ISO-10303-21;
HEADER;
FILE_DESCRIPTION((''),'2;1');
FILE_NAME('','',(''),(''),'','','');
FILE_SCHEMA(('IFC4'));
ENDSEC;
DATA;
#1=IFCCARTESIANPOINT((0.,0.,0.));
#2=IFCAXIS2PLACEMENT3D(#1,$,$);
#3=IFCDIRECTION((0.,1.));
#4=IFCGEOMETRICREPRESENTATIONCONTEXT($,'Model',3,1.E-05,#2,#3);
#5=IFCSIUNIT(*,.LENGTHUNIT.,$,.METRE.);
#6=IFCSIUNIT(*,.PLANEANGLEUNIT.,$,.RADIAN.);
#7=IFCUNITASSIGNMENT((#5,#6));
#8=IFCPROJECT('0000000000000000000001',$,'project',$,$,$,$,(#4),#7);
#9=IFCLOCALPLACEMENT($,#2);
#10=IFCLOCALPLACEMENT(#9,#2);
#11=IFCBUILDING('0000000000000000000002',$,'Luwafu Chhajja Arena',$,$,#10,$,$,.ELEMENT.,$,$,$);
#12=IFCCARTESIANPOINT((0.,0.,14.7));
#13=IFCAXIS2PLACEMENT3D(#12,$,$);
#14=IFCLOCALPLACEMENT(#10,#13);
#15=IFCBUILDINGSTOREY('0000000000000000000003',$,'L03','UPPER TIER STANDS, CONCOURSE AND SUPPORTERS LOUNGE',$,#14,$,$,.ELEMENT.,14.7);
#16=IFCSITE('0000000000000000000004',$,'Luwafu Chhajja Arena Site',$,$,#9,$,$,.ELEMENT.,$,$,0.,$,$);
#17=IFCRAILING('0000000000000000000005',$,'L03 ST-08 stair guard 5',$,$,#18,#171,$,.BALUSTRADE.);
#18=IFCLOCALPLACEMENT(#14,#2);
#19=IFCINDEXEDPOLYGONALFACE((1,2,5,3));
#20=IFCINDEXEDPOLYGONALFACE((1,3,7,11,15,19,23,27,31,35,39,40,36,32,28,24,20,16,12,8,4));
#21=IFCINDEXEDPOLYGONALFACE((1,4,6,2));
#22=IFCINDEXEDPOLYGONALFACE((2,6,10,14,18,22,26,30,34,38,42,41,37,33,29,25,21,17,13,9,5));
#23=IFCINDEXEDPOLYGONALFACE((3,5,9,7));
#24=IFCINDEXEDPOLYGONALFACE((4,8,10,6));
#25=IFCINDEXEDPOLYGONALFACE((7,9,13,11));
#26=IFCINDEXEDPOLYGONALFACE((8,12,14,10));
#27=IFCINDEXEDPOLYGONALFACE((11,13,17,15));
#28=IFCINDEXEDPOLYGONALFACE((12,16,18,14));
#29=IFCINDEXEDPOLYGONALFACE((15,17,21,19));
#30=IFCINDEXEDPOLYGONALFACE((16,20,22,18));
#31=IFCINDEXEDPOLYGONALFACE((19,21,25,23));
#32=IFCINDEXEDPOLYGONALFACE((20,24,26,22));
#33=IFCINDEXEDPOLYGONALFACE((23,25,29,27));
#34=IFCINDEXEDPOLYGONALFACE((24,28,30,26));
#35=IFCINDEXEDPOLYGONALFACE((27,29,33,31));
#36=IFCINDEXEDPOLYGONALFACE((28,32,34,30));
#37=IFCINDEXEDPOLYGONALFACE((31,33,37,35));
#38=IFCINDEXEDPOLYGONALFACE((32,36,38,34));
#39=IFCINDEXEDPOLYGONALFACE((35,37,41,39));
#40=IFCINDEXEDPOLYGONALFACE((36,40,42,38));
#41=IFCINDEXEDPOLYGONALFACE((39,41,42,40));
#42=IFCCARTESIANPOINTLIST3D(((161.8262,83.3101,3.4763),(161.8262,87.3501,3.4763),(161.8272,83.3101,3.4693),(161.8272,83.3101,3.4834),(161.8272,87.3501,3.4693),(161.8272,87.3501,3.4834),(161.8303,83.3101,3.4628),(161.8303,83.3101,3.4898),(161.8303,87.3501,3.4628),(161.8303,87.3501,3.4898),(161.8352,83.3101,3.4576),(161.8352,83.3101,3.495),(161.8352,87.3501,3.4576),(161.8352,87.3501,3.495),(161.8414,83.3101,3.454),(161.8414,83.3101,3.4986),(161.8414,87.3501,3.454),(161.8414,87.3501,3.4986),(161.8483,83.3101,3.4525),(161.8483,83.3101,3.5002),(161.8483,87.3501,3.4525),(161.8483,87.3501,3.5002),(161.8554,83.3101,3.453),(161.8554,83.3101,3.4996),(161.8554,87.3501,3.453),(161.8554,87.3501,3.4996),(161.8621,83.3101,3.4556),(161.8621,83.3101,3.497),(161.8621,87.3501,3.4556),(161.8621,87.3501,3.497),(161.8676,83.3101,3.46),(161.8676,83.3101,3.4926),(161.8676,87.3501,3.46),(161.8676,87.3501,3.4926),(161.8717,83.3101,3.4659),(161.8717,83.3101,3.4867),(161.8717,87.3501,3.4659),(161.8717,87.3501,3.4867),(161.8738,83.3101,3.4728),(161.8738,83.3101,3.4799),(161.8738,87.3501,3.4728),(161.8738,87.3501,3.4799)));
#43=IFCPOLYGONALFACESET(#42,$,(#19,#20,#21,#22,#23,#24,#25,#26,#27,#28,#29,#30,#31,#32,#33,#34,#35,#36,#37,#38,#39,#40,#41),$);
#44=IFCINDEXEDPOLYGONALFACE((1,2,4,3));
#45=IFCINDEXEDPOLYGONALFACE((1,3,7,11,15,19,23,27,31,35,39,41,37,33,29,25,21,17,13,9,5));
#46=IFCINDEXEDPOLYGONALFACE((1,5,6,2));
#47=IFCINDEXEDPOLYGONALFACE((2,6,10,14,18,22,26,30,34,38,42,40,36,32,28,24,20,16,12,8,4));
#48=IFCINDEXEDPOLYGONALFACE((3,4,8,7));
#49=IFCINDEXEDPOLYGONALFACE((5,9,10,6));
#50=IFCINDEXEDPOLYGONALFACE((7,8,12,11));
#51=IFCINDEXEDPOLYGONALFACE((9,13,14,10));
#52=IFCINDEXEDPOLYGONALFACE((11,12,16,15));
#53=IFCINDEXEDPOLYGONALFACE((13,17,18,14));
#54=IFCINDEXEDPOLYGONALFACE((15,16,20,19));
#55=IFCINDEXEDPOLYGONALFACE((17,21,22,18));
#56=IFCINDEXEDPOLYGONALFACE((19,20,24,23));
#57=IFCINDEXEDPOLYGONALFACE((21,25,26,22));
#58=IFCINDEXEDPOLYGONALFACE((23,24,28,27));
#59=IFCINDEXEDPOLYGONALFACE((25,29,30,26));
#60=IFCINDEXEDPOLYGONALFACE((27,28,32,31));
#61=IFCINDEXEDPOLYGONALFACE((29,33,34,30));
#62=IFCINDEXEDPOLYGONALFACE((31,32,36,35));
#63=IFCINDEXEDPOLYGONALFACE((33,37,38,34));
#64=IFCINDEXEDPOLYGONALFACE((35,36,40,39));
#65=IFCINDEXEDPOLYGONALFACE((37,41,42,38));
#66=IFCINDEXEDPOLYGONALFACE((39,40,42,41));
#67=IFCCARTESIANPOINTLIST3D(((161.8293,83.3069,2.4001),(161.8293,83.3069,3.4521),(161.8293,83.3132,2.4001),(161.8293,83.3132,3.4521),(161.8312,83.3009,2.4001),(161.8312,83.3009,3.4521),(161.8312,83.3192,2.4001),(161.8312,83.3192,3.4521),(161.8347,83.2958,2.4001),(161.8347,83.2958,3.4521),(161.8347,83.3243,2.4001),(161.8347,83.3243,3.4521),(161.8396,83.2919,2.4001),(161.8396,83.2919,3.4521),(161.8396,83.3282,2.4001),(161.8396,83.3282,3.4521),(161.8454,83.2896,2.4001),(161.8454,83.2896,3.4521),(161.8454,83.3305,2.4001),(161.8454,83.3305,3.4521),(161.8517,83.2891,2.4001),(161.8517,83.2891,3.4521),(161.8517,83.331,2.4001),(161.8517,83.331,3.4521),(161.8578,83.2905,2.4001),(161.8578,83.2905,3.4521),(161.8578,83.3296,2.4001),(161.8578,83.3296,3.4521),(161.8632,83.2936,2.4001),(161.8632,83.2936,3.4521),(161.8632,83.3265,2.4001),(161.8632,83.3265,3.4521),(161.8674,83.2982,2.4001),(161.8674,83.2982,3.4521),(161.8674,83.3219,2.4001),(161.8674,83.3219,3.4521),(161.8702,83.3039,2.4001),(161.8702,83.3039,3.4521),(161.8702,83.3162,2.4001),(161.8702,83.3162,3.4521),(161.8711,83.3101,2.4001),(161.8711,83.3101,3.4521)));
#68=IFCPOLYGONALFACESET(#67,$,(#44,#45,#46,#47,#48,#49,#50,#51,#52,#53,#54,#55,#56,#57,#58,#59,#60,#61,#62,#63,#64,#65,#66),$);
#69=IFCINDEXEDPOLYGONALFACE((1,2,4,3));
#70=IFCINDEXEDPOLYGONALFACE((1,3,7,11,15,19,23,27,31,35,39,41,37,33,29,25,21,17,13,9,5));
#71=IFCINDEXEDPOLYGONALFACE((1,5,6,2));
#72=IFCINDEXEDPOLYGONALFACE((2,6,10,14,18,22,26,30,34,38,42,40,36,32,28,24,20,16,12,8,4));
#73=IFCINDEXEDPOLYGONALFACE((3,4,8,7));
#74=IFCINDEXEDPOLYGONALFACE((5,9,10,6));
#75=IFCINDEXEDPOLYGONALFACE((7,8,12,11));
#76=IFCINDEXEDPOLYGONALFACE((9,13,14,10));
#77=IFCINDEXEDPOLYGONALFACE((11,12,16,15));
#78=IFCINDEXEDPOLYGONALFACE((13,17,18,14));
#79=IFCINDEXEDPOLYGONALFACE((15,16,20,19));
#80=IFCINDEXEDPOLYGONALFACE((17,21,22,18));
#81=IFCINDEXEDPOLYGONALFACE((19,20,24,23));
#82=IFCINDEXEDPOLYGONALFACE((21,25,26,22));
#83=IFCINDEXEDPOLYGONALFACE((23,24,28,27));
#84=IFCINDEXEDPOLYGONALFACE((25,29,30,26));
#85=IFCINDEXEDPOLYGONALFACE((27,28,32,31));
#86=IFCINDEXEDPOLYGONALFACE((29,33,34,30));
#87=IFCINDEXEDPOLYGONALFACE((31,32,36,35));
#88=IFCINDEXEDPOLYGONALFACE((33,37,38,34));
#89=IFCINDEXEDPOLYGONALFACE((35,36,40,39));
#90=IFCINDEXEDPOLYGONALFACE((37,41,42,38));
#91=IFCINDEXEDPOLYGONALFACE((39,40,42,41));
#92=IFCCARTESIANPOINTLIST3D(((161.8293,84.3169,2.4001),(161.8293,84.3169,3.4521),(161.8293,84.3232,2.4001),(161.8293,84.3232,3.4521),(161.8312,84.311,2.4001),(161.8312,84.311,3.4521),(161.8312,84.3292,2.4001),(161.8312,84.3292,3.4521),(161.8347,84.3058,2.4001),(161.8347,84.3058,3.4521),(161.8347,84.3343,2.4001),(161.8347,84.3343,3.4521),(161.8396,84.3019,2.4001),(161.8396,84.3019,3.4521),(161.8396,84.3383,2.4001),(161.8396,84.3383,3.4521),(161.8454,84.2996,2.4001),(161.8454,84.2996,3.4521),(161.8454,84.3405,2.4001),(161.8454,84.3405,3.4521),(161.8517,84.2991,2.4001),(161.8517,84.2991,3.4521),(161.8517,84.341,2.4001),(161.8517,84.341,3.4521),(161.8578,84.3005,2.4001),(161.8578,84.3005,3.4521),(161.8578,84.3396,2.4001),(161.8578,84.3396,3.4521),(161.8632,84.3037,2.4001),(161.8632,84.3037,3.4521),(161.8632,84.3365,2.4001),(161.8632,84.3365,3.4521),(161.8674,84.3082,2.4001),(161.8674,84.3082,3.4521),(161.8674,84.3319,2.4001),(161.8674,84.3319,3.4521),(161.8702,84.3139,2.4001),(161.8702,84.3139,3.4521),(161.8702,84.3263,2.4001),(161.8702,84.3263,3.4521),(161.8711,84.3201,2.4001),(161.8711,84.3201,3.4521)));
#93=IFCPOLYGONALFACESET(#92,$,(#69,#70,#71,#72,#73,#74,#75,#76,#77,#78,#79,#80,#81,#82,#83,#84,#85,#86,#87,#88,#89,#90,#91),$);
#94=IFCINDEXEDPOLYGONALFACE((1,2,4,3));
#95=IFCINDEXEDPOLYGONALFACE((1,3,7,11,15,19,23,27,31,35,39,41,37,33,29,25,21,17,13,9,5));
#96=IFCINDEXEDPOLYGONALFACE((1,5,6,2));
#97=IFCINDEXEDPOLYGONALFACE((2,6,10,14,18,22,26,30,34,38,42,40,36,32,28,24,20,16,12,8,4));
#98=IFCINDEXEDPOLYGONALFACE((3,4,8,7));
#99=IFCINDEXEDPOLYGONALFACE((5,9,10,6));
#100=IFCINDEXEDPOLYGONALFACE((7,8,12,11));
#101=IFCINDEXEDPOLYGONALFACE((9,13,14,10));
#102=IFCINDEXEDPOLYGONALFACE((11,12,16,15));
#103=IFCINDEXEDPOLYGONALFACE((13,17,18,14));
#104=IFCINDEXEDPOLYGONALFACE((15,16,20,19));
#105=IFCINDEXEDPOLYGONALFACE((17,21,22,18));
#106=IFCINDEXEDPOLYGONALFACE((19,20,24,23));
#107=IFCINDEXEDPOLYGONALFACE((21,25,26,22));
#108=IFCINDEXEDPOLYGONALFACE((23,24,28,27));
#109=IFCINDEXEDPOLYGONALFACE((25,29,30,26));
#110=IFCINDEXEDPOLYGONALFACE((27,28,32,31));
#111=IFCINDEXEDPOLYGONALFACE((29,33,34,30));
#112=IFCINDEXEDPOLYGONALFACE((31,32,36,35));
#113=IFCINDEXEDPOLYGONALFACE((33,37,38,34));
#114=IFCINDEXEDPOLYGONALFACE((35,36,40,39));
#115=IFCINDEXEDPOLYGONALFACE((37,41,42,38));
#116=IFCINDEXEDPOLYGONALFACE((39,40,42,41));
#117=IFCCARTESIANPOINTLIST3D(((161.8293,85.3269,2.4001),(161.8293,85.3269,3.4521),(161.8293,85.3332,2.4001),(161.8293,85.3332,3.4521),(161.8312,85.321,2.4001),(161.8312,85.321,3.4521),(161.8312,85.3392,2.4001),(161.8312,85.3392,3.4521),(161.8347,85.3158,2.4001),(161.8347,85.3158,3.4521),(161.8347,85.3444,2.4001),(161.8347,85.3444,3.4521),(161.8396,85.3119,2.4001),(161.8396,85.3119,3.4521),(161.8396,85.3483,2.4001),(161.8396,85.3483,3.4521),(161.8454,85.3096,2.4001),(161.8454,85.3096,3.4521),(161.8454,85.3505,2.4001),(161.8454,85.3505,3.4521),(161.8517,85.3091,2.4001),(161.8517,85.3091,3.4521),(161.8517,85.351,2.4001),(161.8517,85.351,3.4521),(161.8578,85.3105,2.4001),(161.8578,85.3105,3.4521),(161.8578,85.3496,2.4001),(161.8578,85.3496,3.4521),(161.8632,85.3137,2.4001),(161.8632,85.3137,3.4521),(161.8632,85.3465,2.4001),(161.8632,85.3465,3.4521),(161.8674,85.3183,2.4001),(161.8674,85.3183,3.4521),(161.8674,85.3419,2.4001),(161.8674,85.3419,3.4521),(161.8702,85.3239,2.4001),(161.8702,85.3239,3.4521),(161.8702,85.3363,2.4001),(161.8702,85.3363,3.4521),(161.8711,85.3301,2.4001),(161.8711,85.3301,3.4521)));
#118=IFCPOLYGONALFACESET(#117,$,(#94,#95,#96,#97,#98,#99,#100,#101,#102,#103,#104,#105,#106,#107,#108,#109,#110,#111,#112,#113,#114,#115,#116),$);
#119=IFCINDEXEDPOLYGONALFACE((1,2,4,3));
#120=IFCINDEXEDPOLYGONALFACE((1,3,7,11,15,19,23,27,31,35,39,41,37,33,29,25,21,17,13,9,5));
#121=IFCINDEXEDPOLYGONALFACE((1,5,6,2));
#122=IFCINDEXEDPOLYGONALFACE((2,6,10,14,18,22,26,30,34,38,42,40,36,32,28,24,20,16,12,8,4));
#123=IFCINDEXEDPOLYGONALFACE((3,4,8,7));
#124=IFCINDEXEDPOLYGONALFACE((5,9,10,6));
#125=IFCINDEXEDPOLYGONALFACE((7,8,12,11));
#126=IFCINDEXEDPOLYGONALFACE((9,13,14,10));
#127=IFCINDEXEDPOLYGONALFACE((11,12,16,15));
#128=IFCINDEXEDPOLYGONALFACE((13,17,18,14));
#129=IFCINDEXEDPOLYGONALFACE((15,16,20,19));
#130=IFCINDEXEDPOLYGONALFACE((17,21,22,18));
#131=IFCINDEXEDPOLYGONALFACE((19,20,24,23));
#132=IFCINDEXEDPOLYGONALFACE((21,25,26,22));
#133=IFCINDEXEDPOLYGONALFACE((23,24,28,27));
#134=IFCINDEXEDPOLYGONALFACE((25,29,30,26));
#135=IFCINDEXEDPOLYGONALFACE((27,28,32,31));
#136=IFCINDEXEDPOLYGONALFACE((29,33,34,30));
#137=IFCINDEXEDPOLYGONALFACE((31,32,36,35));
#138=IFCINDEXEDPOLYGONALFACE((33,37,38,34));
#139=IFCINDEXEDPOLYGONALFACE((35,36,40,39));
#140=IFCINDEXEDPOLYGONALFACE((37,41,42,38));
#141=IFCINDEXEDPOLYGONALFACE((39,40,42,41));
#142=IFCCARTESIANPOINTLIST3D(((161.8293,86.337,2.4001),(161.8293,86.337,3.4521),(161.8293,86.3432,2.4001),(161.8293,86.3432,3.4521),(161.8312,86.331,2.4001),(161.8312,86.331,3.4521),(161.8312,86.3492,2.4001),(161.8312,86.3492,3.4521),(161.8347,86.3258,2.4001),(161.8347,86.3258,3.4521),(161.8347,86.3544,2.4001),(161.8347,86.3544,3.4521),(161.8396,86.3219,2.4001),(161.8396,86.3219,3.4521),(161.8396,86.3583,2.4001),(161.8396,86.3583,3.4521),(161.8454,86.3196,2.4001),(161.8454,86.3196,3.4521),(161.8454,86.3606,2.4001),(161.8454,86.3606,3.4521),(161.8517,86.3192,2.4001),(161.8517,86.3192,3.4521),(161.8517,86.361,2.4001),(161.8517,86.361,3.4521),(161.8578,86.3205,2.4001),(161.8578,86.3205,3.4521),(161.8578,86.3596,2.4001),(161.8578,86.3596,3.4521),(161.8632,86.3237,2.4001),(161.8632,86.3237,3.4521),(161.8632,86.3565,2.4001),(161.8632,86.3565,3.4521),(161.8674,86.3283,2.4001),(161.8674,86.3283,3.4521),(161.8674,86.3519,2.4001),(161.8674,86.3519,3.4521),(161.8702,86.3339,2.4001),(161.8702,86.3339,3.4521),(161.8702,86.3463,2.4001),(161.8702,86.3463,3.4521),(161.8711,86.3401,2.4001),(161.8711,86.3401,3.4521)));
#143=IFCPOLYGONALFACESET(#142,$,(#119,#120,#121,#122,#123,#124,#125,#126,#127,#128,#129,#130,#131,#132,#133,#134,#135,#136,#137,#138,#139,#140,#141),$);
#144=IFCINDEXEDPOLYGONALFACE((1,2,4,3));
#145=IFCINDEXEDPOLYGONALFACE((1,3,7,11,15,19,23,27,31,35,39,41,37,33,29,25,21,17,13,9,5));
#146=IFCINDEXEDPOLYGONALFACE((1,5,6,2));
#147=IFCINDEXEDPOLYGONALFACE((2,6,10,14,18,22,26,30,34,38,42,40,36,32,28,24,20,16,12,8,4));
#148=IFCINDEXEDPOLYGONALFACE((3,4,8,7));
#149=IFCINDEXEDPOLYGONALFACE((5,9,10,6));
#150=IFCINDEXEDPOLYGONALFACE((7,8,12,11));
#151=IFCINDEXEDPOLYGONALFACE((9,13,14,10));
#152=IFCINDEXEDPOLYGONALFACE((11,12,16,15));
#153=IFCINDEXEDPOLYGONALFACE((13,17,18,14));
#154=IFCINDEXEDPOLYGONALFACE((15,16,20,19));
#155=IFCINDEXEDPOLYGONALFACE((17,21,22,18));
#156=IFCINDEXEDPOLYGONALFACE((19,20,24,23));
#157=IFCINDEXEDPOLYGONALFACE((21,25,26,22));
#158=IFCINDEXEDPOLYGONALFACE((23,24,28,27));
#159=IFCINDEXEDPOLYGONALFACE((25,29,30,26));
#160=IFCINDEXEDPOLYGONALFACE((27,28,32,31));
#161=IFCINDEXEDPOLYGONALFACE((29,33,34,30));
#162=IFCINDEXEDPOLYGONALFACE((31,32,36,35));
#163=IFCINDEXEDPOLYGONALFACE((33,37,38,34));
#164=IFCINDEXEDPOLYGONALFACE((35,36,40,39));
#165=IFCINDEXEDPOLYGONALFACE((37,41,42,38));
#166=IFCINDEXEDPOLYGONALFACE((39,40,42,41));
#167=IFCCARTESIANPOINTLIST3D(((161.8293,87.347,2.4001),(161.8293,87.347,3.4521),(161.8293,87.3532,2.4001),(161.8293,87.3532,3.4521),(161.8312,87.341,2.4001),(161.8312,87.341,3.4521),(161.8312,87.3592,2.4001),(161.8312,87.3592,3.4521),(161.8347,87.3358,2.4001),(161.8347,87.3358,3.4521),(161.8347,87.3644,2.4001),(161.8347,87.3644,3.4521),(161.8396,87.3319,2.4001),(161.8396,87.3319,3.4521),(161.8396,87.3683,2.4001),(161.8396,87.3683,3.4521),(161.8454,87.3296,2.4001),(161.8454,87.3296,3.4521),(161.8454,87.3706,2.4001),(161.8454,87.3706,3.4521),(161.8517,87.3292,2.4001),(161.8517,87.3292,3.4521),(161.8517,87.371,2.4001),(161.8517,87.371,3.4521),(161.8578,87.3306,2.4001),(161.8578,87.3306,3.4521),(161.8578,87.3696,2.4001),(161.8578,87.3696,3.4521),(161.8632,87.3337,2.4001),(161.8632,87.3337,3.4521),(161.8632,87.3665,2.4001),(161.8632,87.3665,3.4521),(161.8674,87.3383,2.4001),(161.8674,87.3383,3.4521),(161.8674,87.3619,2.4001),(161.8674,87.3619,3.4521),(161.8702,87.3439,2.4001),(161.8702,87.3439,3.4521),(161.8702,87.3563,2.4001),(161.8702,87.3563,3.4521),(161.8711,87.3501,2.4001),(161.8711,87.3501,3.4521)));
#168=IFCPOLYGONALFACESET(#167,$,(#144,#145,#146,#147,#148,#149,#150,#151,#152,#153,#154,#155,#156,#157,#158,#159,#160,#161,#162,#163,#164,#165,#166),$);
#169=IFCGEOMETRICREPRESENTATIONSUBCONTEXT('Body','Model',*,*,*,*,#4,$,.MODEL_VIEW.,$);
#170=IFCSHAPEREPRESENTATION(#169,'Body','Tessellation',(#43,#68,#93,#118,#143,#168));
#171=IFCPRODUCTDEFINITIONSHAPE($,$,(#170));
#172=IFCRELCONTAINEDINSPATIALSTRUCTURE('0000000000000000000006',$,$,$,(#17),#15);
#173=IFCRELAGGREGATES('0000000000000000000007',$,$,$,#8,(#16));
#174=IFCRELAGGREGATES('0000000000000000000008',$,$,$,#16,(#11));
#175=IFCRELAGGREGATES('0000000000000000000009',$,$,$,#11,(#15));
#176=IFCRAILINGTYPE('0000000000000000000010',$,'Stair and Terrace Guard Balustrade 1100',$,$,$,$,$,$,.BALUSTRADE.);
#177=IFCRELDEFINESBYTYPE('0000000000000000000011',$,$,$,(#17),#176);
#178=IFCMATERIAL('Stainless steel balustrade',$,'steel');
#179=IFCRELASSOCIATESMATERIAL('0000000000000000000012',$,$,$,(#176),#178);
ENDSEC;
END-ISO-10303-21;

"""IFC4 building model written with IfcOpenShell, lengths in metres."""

from ifc_helpers import new_model, si_unit, direction, frame, origin, origin_2d, place, context, subcontext, project, spatial, circle, extrude, material, type_object, element, save


model = new_model("IFC4")

# Units and contexts
model_context = context("Model", 3, precision=1e-05, world=origin(), true_north=direction((0.0, 1.0)))
body_context = subcontext(model_context, "Body", "Model", "MODEL_VIEW")
ifc_project = project(units=[si_unit("LENGTHUNIT", "METRE"), si_unit("PLANEANGLEUNIT", "RADIAN")], contexts=[model_context])

# Site, building, storey
site_placement = place(None, origin())
site = spatial("IfcSite", under=ifc_project, at=site_placement, Name="Luwafu Chhajja Arena Site", CompositionType="ELEMENT", RefElevation=0.0)
building_placement = place(site_placement, origin())
building = spatial("IfcBuilding", under=site, at=building_placement, Name="Luwafu Chhajja Arena", CompositionType="ELEMENT")
storey_placement = place(building_placement, frame((0.0, 0.0, 14.7)))
storey = spatial("IfcBuildingStorey", under=building, at=storey_placement, Name="L03", Description="UPPER TIER STANDS, CONCOURSE AND SUPPORTERS LOUNGE", CompositionType="ELEMENT", Elevation=14.7)

# Railing
ifc_material_1 = material(Name="Stainless steel balustrade", Category="steel")
railing_type = type_object("IfcRailingType", Name="Stair and Terrace Guard Balustrade 1100", PredefinedType="BALUSTRADE", material=ifc_material_1)
railing_1_placement = place(storey_placement, frame((161.8501, 83.3101, 2.4001)))
element("IfcRailing", 1, at=railing_1_placement, inside=storey, type_object=railing_type, Name="L03 ST-08 stair guard 5", PredefinedType="BALUSTRADE", context=body_context, shape_type="SweptSolid", body=[
    extrude(circle(Radius=0.0239, at=origin_2d()), frame((0.0, 0.0, 1.0762), z_axis=(0.0, 1.0, 0.0), x_axis=(-1.0, 0.0, 0.0)), (0.0, 0.0, 1.0), 4.04),
    extrude(circle(Radius=0.021, at=origin_2d()), origin(), (0.0, 0.0, 1.0), 1.052),
    extrude(circle(Radius=0.021, at=origin_2d()), frame((0.0, 1.01, 0.0)), (0.0, 0.0, 1.0), 1.052),
    extrude(circle(Radius=0.021, at=origin_2d()), frame((0.0, 2.02, 0.0)), (0.0, 0.0, 1.0), 1.052),
    extrude(circle(Radius=0.021, at=origin_2d()), frame((0.0, 3.03, 0.0)), (0.0, 0.0, 1.0), 1.052),
    extrude(circle(Radius=0.021, at=origin_2d()), frame((0.0, 4.04, 0.0)), (0.0, 0.0, 1.0), 1.052),
])

save(model, "model.ifc")
